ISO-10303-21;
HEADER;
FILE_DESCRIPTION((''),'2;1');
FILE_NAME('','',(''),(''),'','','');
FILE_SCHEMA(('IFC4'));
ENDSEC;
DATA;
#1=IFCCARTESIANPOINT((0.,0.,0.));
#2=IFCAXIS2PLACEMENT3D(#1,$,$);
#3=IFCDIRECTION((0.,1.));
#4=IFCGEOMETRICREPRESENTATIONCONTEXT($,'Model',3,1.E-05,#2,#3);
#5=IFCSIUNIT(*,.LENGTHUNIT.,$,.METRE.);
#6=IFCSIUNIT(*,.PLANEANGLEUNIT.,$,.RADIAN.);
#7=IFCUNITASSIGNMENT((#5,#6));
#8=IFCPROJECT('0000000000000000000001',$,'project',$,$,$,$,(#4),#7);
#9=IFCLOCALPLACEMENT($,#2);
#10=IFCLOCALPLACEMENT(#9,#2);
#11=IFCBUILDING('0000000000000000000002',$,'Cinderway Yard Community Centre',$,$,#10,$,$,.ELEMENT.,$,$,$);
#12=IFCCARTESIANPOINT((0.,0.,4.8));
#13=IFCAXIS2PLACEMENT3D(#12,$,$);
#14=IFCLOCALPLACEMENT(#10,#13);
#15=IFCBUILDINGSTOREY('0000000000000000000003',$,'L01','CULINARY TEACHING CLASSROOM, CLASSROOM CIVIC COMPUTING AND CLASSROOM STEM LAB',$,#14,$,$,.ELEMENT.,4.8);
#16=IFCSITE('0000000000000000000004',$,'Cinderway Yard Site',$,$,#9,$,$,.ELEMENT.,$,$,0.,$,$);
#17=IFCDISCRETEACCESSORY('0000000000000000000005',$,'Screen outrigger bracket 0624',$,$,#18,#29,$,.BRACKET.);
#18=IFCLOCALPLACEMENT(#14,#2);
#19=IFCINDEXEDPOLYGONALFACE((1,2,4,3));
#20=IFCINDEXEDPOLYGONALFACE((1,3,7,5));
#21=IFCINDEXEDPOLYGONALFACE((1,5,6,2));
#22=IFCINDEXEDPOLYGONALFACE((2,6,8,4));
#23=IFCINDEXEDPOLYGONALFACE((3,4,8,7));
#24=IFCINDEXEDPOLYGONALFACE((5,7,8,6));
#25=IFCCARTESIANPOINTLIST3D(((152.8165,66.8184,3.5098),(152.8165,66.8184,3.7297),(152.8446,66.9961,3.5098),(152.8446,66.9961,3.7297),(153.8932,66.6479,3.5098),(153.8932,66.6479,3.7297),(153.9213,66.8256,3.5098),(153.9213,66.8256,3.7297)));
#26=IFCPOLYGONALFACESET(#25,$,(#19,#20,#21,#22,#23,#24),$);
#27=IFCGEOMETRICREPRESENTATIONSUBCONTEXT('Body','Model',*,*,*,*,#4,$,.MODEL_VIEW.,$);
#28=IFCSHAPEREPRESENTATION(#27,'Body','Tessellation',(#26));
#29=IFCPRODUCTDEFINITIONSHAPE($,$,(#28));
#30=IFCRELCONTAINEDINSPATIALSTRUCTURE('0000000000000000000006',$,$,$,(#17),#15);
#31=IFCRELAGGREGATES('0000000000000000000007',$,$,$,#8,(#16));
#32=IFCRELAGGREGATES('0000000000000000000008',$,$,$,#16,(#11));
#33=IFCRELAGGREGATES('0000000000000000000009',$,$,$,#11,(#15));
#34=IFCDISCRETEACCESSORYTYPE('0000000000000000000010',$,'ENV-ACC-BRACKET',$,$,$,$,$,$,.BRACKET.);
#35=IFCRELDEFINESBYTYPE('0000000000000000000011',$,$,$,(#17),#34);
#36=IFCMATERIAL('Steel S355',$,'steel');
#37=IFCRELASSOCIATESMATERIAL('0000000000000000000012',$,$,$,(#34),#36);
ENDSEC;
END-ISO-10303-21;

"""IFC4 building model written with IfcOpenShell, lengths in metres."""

from ifc_helpers import new_model, si_unit, direction, frame, origin, origin_2d, place, context, subcontext, project, spatial, rectangle, extrude, material, type_object, element, save


model = new_model("IFC4")

# Units and contexts
model_context = context("Model", 3, precision=1e-05, world=origin(), true_north=direction((0.0, 1.0)))
body_context = subcontext(model_context, "Body", "Model", "MODEL_VIEW")
ifc_project = project(units=[si_unit("LENGTHUNIT", "METRE"), si_unit("PLANEANGLEUNIT", "RADIAN")], contexts=[model_context])

# Site, building, storey
site_placement = place(None, origin())
site = spatial("IfcSite", under=ifc_project, at=site_placement, Name="Cinderway Yard Site", CompositionType="ELEMENT", RefElevation=0.0)
building_placement = place(site_placement, origin())
building = spatial("IfcBuilding", under=site, at=building_placement, Name="Cinderway Yard Community Centre", CompositionType="ELEMENT")
storey_placement = place(building_placement, frame((0.0, 0.0, 4.8)))
storey = spatial("IfcBuildingStorey", under=building, at=storey_placement, Name="L01", Description="CULINARY TEACHING CLASSROOM, CLASSROOM CIVIC COMPUTING AND CLASSROOM STEM LAB", CompositionType="ELEMENT", Elevation=4.8)

# Shared definitions
ifc_material_1 = material(Name="Steel S355", Category="steel")

# Discrete accessory
discrete_accessory_type = type_object("IfcDiscreteAccessoryType", Name="ENV-ACC-BRACKET", PredefinedType="BRACKET", material=ifc_material_1)
for number, where, z_axis, x_axis, name in (
    (1, (153.3689, 66.822, 3.5098), (0.0, 0.0, 1.0), (0.987688, -0.156434, 0.0), "Screen outrigger bracket 0624"),
):
    element("IfcDiscreteAccessory", number, at=place(storey_placement, frame(where, z_axis=z_axis, x_axis=x_axis)), inside=storey, type_object=discrete_accessory_type, Name=name, PredefinedType="BRACKET", context=body_context, shape_type="SweptSolid", body=[
        extrude(rectangle(XDim=1.0901, YDim=0.1799, at=origin_2d()), origin(), (0.0, 0.0, 1.0), 0.22),
    ])

save(model, "model.ifc")
